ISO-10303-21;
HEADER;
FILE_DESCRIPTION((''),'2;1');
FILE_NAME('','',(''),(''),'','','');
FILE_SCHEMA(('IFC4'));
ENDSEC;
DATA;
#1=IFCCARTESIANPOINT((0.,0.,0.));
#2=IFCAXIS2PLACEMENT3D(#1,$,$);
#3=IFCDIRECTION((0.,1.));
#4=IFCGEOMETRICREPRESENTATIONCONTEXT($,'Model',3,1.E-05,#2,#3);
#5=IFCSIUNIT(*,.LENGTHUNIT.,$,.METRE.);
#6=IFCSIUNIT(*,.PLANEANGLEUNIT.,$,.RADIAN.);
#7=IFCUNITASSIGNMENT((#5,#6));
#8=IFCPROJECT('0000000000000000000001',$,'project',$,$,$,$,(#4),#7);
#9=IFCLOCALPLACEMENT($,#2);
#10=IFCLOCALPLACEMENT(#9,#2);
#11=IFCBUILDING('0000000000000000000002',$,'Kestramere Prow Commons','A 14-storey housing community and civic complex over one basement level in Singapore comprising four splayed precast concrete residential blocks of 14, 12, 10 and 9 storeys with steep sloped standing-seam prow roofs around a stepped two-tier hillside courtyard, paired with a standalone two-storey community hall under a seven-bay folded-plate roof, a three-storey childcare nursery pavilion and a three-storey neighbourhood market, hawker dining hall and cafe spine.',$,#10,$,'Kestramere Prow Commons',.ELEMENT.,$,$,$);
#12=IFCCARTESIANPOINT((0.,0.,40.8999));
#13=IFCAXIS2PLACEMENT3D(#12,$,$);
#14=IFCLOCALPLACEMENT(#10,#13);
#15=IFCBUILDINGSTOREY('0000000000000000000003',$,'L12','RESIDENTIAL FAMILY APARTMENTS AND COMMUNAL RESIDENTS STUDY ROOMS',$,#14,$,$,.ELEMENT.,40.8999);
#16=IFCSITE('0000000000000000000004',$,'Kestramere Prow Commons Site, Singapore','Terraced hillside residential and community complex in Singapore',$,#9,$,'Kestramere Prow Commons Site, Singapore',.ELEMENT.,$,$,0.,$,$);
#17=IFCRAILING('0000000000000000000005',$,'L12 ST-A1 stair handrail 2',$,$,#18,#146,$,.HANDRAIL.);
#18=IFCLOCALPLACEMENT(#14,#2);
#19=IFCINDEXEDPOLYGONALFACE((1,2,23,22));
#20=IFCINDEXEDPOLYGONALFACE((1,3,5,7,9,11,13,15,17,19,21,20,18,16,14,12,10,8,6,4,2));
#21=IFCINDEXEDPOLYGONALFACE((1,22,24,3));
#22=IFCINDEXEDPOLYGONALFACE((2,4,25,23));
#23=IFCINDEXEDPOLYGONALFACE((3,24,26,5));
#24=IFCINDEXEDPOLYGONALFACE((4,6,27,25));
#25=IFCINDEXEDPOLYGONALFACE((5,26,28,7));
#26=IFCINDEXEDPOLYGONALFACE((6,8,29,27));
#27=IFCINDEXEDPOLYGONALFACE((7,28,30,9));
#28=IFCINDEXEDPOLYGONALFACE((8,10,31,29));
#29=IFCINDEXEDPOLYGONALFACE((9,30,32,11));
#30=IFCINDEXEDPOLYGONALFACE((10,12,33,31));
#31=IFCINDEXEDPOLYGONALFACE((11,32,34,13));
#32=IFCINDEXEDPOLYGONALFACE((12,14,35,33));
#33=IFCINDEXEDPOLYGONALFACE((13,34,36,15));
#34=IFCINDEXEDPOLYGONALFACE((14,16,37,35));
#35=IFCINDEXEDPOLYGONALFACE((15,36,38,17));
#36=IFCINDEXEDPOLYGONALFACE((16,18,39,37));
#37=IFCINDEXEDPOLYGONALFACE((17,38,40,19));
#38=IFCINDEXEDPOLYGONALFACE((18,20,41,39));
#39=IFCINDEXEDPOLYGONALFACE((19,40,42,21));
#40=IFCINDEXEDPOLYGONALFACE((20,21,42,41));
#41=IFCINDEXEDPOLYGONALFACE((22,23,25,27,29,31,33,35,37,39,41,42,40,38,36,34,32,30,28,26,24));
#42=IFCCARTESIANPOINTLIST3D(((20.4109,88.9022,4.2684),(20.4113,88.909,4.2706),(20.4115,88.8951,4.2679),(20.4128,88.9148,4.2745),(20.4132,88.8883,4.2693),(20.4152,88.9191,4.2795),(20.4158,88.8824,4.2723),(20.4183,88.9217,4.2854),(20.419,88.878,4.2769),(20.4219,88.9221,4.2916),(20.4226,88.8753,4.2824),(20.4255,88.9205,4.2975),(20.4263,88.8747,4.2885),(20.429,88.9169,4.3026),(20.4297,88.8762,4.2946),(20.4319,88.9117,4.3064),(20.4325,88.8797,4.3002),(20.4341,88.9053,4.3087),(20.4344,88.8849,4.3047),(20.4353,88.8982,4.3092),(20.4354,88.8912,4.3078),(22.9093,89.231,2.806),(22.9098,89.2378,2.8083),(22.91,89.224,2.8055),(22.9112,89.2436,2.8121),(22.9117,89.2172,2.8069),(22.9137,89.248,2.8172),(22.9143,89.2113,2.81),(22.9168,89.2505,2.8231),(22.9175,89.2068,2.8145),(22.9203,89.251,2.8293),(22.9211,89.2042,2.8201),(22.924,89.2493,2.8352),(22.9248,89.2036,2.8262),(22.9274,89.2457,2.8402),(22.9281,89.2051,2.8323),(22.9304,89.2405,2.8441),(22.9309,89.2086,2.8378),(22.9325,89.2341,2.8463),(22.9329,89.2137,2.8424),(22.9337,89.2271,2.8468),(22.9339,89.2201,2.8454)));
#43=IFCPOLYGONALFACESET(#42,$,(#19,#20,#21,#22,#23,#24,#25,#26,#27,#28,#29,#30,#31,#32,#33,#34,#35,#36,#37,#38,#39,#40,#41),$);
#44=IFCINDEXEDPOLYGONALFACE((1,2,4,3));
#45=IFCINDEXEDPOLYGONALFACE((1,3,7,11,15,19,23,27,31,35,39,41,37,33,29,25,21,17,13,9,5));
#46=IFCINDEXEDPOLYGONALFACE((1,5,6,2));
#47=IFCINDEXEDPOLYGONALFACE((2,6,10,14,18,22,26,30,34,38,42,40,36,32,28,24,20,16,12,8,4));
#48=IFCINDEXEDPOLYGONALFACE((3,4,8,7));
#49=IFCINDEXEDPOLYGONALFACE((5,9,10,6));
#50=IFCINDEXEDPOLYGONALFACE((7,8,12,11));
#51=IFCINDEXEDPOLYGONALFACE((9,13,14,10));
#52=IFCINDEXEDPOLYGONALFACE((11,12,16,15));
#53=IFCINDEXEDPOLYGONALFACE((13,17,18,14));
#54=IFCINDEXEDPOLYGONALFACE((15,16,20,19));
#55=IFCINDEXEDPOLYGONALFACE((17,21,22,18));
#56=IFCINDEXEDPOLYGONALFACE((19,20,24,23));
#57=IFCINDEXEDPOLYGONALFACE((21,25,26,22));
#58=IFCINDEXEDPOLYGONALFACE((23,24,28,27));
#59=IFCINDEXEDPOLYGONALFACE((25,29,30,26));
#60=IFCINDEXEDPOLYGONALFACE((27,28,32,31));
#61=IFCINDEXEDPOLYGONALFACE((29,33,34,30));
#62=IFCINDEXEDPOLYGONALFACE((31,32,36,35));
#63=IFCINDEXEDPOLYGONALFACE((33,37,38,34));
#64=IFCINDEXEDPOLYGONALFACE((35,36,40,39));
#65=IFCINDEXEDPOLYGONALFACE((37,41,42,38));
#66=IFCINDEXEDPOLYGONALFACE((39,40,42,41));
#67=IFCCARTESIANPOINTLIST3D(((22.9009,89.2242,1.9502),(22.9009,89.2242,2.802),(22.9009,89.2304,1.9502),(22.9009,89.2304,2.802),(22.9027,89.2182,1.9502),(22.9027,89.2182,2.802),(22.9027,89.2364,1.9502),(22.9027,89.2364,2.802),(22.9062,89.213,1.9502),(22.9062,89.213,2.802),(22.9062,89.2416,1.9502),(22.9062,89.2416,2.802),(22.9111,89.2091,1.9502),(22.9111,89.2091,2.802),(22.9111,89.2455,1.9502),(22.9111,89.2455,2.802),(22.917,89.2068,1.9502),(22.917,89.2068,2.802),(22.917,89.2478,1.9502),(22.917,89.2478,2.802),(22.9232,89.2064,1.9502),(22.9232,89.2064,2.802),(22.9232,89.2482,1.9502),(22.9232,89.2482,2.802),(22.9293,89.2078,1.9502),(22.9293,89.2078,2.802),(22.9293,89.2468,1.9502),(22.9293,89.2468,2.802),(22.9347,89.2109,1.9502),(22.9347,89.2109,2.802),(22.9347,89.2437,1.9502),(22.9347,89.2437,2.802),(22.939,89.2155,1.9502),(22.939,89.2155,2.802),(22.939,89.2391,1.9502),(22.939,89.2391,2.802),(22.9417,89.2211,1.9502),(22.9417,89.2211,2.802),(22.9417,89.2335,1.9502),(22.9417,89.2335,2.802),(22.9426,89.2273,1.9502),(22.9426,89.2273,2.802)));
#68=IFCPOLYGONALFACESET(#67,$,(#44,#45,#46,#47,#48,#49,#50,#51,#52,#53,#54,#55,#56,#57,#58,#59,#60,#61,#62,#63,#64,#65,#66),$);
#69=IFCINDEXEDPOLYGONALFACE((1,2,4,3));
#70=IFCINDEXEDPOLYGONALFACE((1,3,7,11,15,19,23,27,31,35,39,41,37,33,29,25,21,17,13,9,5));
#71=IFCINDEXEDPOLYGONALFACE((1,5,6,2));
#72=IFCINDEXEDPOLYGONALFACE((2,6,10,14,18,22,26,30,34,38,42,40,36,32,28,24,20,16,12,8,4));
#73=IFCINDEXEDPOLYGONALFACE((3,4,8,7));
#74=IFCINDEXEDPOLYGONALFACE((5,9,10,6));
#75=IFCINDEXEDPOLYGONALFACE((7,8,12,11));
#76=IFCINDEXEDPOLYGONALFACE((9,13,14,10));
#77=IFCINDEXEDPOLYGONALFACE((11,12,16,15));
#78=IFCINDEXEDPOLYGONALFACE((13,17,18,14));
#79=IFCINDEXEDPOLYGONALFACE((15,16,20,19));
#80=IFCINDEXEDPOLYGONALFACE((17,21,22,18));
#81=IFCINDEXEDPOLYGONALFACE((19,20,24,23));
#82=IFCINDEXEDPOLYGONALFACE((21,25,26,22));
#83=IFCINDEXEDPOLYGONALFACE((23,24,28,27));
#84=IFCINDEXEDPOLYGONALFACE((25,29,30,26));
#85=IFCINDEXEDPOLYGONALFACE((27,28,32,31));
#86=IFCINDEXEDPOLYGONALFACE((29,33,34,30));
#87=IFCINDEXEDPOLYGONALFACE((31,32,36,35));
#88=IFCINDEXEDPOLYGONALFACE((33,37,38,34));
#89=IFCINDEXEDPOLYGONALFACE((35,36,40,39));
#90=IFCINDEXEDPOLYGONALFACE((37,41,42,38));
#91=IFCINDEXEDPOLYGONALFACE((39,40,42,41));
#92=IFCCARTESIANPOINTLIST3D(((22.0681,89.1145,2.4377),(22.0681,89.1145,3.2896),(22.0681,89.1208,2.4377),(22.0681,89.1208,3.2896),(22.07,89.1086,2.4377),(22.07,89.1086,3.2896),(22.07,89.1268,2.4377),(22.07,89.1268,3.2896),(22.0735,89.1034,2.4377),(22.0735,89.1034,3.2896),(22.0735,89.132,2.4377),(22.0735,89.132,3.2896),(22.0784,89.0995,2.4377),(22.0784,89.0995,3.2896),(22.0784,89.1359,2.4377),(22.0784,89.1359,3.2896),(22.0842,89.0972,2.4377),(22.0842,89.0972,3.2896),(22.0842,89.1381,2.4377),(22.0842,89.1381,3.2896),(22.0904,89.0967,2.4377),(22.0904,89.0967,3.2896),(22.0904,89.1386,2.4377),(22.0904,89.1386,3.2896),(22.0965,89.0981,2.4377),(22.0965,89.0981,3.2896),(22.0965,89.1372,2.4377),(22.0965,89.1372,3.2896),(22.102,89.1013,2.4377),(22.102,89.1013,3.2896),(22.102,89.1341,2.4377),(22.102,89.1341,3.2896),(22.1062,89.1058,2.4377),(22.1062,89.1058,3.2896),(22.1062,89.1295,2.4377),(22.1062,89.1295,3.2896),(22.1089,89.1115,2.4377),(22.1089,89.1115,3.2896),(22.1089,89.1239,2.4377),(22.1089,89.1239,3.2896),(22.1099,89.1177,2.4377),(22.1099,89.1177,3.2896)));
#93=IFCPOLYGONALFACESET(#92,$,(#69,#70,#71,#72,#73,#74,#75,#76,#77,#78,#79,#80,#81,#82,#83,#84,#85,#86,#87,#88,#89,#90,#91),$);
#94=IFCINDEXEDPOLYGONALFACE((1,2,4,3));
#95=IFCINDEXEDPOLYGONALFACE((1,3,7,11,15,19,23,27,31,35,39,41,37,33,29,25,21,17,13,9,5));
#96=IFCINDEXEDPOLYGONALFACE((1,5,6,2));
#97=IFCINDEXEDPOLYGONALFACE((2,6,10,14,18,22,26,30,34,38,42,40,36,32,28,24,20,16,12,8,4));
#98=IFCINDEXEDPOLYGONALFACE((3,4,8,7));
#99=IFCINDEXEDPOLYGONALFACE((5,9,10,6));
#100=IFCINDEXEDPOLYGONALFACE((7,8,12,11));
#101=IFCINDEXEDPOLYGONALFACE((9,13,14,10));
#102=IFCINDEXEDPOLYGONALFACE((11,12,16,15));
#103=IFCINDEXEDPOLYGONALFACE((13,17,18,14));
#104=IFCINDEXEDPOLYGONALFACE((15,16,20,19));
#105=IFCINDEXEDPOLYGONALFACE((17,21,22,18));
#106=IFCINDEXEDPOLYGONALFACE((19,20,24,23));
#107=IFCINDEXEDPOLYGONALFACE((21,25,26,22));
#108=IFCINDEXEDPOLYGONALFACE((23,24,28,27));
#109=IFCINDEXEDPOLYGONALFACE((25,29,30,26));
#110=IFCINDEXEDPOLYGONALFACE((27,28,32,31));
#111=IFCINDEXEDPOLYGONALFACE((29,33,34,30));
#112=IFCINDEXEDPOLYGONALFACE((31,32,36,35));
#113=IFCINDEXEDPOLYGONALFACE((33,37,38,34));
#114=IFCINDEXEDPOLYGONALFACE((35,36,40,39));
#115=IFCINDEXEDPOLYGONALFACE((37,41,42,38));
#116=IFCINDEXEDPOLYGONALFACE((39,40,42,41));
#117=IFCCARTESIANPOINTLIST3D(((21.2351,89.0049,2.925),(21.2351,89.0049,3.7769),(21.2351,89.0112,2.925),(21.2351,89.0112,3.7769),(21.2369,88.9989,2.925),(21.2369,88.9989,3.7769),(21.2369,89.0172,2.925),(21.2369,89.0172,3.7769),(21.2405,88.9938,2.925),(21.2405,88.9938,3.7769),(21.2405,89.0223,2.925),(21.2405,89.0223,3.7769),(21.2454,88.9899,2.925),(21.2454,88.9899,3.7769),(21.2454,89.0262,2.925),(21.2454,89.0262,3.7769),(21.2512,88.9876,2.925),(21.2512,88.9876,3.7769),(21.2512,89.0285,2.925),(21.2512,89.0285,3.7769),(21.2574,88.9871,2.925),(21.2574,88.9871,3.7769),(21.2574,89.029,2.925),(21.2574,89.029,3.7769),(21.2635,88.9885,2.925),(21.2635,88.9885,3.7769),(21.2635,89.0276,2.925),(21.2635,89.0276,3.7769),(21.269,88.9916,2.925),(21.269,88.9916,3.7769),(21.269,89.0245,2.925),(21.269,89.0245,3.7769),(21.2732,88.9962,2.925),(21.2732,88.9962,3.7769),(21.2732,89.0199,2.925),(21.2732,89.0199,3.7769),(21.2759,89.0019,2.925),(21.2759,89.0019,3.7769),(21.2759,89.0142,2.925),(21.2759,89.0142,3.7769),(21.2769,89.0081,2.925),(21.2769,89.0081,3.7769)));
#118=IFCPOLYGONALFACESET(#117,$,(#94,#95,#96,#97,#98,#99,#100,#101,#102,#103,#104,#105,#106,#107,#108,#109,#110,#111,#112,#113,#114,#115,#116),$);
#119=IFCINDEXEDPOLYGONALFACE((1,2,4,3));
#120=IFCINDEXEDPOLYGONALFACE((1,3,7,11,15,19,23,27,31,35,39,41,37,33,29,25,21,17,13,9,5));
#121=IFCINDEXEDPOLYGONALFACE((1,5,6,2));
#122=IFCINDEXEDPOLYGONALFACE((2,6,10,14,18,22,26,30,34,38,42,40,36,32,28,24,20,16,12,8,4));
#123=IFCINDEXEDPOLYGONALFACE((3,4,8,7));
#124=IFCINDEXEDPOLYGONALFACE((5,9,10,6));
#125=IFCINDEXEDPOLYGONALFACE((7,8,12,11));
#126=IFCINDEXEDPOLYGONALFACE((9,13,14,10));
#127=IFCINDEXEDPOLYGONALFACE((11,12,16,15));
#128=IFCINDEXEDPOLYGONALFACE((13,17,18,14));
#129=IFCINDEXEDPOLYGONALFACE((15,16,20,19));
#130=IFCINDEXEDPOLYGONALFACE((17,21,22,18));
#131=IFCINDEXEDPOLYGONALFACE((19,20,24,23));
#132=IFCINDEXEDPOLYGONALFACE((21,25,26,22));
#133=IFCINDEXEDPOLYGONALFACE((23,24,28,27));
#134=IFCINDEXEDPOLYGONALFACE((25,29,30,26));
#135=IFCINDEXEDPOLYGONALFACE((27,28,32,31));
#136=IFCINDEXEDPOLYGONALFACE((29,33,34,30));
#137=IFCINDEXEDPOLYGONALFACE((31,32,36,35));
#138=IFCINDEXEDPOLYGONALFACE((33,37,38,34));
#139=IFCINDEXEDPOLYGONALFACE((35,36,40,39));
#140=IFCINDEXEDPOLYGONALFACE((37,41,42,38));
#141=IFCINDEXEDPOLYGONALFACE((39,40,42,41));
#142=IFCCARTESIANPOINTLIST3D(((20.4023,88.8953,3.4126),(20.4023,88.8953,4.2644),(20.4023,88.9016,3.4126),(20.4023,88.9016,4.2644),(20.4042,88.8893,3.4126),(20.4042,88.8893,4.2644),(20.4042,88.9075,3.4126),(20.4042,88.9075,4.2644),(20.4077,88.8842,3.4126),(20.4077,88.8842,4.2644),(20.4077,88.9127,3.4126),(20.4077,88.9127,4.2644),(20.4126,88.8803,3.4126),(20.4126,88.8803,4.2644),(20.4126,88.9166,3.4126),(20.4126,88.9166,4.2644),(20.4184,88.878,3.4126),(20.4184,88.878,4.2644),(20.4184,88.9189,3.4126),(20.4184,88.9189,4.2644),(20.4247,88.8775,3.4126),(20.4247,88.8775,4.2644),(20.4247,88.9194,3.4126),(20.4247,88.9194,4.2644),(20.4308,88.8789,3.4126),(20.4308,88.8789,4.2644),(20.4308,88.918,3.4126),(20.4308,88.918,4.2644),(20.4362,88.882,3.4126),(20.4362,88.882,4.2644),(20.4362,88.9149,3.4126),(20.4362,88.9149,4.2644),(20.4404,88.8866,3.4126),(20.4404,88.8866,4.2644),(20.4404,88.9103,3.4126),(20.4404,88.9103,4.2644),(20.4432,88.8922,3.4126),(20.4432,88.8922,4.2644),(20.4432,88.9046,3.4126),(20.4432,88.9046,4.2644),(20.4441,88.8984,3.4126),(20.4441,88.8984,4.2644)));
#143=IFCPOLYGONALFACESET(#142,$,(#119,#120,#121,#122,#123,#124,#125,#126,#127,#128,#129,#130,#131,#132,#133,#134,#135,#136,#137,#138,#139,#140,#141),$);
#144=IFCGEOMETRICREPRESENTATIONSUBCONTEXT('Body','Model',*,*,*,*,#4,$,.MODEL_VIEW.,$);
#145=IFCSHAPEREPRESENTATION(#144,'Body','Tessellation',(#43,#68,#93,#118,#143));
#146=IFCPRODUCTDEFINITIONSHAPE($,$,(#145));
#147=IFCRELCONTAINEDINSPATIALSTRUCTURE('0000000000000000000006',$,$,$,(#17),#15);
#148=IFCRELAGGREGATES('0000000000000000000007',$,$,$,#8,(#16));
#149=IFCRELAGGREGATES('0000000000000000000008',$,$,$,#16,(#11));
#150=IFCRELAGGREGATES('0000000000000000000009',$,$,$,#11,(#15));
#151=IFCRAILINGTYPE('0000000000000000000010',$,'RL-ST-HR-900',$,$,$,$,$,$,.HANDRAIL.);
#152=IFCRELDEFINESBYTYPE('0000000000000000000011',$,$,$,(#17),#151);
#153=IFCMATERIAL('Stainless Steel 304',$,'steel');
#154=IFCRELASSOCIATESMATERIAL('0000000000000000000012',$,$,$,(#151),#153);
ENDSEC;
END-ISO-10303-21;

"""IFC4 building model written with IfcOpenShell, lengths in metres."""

from ifc_helpers import new_model, si_unit, direction, frame, origin, origin_2d, place, context, subcontext, project, spatial, circle, extrude, material, type_object, element, save


model = new_model("IFC4")

# Units and contexts
model_context = context("Model", 3, precision=1e-05, world=origin(), true_north=direction((0.0, 1.0)))
body_context = subcontext(model_context, "Body", "Model", "MODEL_VIEW")
ifc_project = project(units=[si_unit("LENGTHUNIT", "METRE"), si_unit("PLANEANGLEUNIT", "RADIAN")], contexts=[model_context])

# Site, building, storey
site_placement = place(None, origin())
site = spatial("IfcSite", under=ifc_project, at=site_placement, Name="Kestramere Prow Commons Site, Singapore", Description="Terraced hillside residential and community complex in Singapore", LongName="Kestramere Prow Commons Site, Singapore", CompositionType="ELEMENT", RefElevation=0.0)
building_placement = place(site_placement, origin())
building = spatial("IfcBuilding", under=site, at=building_placement, Name="Kestramere Prow Commons", Description="A 14-storey housing community and civic complex over one basement level in Singapore comprising four splayed precast concrete residential blocks of 14, 12, 10 and 9 storeys with steep sloped standing-seam prow roofs around a stepped two-tier hillside courtyard, paired with a standalone two-storey community hall under a seven-bay folded-plate roof, a three-storey childcare nursery pavilion and a three-storey neighbourhood market, hawker dining hall and cafe spine.", LongName="Kestramere Prow Commons", CompositionType="ELEMENT")
storey_placement = place(building_placement, frame((0.0, 0.0, 40.8999)))
storey = spatial("IfcBuildingStorey", under=building, at=storey_placement, Name="L12", Description="RESIDENTIAL FAMILY APARTMENTS AND COMMUNAL RESIDENTS STUDY ROOMS", CompositionType="ELEMENT", Elevation=40.8999)

# Railing
ifc_material_1 = material(Name="Stainless Steel 304", Category="steel")
railing_type_1 = type_object("IfcRailingType", Name="RL-ST-HR-900", PredefinedType="HANDRAIL", material=ifc_material_1)
railing_1_placement = place(storey_placement, frame((22.9216, 89.2273, 1.9502)))
element("IfcRailing", 1, at=railing_1_placement, inside=storey, type_object=railing_type_1, Name="L12 ST-A1 stair handrail 2", PredefinedType="HANDRAIL", context=body_context, shape_type="SweptSolid", body=[
    extrude(circle(Radius=0.0239, at=origin_2d()), frame((0.0, 0.0, 0.876), z_axis=(-0.857523, -0.112867, 0.501912), x_axis=(0.130495, -0.991449, 0.0)), (0.0, 0.0, 1.0), 2.9136),
    extrude(circle(Radius=0.021, at=origin_2d()), origin(), (0.0, 0.0, 1.0), 0.8518),
    extrude(circle(Radius=0.021, at=origin_2d()), frame((-0.8328, -0.1096, 0.4875)), (0.0, 0.0, 1.0), 0.8518),
    extrude(circle(Radius=0.021, at=origin_2d()), frame((-1.6658, -0.2192, 0.9749)), (0.0, 0.0, 1.0), 0.8518),
    extrude(circle(Radius=0.021, at=origin_2d()), frame((-2.4985, -0.3289, 1.4624)), (0.0, 0.0, 1.0), 0.8518),
])

save(model, "model.ifc")
